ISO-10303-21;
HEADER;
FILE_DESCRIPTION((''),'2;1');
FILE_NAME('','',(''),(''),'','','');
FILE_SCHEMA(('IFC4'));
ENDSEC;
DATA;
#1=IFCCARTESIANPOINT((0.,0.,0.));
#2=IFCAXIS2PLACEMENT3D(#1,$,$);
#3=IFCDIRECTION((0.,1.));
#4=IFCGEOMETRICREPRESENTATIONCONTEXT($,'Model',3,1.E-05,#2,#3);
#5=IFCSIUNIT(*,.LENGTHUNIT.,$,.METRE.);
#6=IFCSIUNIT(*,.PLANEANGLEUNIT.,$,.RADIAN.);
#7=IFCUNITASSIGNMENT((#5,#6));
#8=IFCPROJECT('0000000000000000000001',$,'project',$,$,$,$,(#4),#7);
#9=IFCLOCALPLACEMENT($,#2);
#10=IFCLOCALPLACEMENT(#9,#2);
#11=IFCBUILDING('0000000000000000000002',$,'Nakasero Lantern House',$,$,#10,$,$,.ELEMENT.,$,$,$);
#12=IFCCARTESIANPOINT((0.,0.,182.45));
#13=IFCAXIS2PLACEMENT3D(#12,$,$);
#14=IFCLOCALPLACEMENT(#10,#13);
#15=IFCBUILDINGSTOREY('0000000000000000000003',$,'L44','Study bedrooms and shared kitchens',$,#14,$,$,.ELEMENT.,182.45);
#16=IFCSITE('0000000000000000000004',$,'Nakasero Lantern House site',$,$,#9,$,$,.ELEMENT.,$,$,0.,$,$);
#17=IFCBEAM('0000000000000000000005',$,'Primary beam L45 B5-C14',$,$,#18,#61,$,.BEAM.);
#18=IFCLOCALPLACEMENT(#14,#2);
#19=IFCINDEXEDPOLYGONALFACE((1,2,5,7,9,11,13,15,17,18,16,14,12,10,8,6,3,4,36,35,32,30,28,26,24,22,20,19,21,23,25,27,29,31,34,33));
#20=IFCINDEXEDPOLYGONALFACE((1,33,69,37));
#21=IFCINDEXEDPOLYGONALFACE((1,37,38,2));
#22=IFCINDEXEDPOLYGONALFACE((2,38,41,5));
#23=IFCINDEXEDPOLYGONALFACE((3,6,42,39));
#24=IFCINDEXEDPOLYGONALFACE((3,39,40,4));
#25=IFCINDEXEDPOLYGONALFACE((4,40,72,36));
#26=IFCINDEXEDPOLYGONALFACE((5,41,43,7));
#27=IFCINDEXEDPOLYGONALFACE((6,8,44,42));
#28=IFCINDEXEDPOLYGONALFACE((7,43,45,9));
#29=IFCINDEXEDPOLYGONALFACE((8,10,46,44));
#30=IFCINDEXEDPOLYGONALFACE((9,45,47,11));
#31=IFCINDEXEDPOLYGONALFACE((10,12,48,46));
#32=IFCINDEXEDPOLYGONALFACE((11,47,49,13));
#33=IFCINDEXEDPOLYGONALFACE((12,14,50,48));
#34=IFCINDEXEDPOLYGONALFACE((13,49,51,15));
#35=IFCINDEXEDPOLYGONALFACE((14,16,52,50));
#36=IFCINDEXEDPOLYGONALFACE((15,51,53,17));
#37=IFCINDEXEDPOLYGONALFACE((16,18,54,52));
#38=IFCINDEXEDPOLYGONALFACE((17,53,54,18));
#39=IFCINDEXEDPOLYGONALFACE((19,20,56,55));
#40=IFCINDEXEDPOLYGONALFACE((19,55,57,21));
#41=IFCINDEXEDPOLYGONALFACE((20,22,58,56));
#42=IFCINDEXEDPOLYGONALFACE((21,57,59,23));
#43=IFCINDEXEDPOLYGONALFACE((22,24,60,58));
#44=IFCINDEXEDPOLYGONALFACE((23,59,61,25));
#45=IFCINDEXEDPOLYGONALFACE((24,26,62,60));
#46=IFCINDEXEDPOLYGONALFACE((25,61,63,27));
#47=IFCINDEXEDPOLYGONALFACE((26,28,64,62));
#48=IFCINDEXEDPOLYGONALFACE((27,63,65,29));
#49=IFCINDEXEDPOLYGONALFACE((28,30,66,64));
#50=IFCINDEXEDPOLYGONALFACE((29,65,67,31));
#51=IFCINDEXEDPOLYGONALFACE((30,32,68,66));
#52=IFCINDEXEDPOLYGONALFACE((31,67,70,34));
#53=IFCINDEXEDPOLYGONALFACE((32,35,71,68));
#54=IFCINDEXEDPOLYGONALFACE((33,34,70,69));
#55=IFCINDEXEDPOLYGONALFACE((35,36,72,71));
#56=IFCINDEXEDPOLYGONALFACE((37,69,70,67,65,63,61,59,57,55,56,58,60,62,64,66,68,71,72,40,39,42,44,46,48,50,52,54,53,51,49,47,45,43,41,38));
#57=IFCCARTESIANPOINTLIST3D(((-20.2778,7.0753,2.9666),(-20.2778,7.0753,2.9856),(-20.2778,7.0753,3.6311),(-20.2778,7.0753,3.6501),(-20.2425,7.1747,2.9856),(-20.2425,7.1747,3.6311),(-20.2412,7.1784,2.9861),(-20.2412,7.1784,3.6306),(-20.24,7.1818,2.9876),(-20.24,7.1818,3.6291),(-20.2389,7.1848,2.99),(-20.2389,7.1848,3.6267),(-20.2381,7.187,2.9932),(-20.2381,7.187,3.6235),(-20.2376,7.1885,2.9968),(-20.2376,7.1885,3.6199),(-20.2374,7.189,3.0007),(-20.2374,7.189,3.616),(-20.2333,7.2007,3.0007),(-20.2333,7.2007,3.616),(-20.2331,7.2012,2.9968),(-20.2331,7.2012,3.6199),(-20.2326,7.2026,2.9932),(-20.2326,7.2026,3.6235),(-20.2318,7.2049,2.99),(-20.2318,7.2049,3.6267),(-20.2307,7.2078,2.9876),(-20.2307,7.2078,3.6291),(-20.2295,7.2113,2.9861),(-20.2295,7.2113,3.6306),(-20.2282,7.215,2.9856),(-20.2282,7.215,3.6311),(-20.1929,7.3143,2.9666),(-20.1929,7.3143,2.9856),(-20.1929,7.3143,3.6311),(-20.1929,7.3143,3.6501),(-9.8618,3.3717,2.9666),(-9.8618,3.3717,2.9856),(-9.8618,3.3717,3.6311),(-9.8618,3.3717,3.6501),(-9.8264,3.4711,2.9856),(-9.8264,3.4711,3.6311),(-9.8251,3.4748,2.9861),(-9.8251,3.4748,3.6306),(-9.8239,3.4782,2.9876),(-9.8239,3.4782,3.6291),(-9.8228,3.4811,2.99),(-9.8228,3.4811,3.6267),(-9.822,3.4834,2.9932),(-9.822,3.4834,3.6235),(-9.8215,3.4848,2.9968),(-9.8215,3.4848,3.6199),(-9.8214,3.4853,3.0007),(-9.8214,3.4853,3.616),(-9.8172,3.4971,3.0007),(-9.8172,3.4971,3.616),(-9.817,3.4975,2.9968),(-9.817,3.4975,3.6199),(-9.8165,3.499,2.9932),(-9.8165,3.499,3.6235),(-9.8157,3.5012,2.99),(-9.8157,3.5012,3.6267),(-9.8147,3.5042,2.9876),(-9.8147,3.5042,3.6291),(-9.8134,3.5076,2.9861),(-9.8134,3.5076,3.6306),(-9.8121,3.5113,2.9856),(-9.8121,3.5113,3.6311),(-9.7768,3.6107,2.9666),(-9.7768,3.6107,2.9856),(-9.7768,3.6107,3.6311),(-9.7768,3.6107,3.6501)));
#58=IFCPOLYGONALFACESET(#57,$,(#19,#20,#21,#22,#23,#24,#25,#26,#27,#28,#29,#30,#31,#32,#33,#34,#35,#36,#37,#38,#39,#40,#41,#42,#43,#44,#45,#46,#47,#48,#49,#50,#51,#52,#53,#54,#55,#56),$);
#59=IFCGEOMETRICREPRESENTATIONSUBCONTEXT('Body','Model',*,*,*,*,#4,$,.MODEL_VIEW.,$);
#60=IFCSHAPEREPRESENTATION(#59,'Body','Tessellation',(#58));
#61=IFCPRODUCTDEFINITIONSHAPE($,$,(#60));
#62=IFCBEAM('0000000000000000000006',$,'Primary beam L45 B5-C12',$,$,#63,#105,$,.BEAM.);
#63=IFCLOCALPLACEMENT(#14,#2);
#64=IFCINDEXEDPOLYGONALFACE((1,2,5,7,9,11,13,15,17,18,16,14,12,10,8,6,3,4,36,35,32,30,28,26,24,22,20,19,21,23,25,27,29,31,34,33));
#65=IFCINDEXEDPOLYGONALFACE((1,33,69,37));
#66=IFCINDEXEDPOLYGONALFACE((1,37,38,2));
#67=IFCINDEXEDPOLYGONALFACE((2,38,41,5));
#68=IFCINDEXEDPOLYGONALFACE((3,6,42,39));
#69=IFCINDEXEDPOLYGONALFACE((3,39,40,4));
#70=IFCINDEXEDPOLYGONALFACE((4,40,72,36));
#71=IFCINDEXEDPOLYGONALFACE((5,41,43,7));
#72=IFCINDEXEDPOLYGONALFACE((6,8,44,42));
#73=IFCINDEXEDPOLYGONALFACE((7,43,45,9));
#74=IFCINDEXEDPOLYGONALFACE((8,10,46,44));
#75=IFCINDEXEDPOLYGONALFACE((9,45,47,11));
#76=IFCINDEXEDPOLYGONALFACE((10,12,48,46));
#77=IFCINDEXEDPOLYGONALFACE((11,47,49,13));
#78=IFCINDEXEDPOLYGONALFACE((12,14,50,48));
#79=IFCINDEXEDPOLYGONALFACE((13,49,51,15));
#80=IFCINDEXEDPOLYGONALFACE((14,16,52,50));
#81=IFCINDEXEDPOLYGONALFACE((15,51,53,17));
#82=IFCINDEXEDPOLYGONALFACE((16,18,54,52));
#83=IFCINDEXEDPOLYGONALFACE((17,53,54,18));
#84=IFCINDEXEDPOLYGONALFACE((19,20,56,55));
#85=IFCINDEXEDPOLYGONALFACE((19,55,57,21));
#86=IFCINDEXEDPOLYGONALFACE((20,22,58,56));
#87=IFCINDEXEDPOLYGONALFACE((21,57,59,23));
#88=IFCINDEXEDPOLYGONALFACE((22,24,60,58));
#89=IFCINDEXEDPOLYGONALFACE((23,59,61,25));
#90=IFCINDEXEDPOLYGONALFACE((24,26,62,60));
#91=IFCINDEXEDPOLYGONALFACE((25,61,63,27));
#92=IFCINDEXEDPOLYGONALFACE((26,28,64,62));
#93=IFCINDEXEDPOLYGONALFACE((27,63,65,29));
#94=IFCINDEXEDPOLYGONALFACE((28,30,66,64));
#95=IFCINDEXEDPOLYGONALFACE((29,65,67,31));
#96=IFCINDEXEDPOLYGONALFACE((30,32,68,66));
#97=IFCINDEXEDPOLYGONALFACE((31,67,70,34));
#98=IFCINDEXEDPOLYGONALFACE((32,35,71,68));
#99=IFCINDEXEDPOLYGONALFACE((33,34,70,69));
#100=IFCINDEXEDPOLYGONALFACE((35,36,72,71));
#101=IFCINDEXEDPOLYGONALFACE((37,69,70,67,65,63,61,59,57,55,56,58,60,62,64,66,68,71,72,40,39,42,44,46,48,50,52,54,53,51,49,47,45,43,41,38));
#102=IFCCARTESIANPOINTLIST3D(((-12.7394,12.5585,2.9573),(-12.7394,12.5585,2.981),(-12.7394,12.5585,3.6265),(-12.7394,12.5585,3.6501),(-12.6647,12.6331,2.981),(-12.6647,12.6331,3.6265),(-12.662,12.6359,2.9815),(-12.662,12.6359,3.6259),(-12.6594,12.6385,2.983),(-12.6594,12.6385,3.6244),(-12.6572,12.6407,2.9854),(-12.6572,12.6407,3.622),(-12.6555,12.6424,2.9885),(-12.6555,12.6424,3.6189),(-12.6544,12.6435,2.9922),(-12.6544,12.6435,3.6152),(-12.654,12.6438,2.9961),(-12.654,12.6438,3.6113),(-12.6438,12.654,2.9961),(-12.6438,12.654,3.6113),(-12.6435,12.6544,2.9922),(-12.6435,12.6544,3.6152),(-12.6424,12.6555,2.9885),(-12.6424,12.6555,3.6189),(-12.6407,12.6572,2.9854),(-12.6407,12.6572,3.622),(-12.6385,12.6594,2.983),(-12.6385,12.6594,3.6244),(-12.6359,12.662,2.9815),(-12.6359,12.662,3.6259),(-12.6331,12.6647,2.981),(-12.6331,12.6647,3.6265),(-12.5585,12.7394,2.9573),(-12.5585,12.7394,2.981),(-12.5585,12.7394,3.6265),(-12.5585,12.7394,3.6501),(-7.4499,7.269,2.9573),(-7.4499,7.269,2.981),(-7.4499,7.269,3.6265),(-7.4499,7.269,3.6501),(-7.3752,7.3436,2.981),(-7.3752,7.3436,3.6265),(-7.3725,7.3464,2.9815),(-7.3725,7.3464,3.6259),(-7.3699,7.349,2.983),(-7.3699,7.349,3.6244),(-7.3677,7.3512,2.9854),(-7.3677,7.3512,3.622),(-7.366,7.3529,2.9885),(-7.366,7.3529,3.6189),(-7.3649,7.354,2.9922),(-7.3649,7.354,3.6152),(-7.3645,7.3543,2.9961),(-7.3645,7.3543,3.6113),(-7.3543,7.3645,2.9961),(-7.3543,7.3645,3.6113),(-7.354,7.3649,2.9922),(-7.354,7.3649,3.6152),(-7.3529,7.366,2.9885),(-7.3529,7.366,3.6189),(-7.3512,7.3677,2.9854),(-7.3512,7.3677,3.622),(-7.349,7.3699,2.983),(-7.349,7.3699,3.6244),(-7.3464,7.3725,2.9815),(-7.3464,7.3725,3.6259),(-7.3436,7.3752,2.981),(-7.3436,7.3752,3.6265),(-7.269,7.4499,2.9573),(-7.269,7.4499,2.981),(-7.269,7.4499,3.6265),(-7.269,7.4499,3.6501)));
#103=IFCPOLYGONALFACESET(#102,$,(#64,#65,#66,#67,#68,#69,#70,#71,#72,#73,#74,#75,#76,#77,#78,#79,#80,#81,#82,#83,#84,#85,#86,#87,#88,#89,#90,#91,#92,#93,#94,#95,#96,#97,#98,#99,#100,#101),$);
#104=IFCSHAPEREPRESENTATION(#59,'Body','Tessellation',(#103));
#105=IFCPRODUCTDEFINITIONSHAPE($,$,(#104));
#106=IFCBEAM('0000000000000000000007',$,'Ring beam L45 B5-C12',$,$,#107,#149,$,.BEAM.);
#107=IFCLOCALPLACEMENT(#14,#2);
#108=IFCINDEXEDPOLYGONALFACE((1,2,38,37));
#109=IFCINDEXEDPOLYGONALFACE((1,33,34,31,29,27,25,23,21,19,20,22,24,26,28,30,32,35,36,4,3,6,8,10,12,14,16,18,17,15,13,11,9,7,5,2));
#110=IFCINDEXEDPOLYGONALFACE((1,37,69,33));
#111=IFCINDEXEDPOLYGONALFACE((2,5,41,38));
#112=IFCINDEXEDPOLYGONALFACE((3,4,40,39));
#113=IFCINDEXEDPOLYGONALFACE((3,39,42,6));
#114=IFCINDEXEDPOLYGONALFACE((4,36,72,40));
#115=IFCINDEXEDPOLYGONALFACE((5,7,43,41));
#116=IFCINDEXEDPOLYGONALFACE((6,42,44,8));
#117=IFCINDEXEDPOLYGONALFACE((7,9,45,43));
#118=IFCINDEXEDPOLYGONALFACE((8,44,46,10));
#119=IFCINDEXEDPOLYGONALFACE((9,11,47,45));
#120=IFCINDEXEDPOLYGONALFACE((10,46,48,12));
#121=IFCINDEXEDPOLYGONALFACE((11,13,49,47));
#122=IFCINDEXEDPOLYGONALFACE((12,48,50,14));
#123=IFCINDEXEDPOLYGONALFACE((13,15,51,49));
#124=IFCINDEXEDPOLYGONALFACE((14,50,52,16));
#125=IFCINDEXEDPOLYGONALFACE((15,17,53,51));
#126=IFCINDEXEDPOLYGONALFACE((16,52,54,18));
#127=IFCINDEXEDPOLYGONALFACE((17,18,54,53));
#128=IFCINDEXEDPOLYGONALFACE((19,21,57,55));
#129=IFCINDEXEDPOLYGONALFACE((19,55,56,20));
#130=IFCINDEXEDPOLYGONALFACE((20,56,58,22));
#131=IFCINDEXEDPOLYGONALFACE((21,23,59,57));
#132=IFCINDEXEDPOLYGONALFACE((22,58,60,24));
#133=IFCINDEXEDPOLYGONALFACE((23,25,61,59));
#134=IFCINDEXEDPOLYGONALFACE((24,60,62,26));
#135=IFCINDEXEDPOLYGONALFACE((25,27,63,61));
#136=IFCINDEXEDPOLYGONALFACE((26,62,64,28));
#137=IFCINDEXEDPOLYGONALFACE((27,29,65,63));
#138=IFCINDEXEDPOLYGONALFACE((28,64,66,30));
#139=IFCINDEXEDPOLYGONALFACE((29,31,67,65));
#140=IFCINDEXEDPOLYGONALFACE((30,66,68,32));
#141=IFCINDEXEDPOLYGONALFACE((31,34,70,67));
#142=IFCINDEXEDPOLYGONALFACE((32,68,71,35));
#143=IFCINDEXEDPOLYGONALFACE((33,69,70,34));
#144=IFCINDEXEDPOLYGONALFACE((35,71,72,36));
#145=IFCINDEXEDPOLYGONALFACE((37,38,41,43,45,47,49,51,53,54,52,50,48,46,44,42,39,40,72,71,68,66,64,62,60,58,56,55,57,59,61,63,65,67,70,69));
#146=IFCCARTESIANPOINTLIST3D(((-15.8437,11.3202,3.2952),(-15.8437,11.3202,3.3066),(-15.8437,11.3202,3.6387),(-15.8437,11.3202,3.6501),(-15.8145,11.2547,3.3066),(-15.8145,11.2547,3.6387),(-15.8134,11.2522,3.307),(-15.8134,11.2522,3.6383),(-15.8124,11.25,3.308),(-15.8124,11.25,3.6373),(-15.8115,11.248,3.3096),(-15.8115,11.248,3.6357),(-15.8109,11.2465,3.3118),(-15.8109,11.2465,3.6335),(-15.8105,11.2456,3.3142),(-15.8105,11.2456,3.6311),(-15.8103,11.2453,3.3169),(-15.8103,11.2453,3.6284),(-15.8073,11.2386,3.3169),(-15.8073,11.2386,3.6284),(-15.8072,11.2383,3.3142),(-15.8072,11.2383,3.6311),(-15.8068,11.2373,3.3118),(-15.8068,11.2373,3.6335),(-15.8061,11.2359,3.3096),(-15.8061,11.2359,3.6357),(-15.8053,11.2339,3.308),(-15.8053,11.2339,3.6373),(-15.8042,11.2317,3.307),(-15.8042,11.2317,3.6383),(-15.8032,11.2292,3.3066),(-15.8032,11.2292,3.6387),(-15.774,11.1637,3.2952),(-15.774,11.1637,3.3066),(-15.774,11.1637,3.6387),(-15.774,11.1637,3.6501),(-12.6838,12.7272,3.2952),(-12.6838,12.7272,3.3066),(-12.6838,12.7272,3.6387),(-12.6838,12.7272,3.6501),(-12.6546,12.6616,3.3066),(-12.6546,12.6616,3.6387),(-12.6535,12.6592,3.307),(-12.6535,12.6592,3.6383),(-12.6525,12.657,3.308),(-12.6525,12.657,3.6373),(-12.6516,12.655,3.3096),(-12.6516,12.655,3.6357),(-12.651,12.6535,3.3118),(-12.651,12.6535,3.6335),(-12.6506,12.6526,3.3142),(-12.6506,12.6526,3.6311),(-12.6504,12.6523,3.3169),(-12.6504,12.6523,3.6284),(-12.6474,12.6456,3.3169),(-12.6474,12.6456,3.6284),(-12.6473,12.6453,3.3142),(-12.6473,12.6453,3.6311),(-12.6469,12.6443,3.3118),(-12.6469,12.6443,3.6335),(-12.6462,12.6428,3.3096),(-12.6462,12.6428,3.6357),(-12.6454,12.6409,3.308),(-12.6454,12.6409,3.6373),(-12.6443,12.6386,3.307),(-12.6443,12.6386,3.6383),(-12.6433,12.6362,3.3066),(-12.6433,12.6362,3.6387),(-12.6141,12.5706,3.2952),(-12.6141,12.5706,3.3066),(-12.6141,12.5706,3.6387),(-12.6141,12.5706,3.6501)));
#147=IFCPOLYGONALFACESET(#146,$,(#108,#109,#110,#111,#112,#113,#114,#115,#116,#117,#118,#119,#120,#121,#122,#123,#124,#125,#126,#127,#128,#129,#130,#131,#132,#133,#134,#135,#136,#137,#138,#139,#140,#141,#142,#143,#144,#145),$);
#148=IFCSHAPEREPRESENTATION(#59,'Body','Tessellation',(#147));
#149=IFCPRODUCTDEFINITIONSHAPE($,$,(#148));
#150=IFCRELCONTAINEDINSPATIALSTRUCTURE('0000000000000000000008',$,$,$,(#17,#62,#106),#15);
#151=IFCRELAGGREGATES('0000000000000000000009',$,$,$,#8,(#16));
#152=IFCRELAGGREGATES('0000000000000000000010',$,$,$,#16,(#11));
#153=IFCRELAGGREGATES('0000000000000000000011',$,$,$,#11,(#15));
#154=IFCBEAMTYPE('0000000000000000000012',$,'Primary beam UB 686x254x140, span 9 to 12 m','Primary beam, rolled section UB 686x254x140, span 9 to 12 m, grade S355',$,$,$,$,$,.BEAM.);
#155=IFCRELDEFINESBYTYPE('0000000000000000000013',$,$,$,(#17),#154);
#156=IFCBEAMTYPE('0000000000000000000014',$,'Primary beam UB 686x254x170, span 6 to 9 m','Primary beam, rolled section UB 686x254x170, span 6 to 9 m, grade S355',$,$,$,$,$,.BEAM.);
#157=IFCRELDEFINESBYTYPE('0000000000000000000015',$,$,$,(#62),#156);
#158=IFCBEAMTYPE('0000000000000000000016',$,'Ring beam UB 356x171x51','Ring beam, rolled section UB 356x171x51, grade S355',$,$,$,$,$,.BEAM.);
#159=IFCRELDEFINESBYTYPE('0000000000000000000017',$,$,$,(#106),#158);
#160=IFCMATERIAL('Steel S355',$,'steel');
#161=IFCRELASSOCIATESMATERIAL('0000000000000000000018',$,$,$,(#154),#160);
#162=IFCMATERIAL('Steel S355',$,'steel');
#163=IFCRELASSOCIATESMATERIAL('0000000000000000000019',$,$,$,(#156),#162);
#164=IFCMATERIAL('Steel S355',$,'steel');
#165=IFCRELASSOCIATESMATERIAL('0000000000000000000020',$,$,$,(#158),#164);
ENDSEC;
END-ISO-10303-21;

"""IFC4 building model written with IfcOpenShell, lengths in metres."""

from ifc_helpers import new_model, si_unit, direction, frame, origin, origin_2d, place, context, subcontext, project, spatial, i_section, extrude, material, material_profile, profile_set, type_object, element, save


model = new_model("IFC4")

# Units and contexts
model_context = context("Model", 3, precision=1e-05, world=origin(), true_north=direction((0.0, 1.0)))
body_context = subcontext(model_context, "Body", "Model", "MODEL_VIEW")
ifc_project = project(units=[si_unit("LENGTHUNIT", "METRE"), si_unit("PLANEANGLEUNIT", "RADIAN")], contexts=[model_context])

# Site, building, storey
site_placement = place(None, origin())
site = spatial("IfcSite", under=ifc_project, at=site_placement, Name="Nakasero Lantern House site", CompositionType="ELEMENT", RefElevation=0.0)
building_placement = place(site_placement, origin())
building = spatial("IfcBuilding", under=site, at=building_placement, Name="Nakasero Lantern House", CompositionType="ELEMENT")
storey_placement = place(building_placement, frame((0.0, 0.0, 182.45)))
storey = spatial("IfcBuildingStorey", under=building, at=storey_placement, Name="L44", Description="Study bedrooms and shared kitchens", CompositionType="ELEMENT", Elevation=182.45)

# Beams
ifc_material_1 = material(Name="Steel S355", Category="steel")
ifc_material_profile_1 = material_profile(ifc_material_1, i_section(OverallWidth=0.2537, OverallDepth=0.6836, WebThickness=0.0125, FlangeThickness=0.019, FilletRadius=0.0151, at=origin_2d()), Name="UB 686x254x140")
ifc_profile_set_1 = profile_set([ifc_material_profile_1], Name="Steel S355")
beam_type_1 = type_object("IfcBeamType", Name="Primary beam UB 686x254x140, span 9 to 12 m", Description="Primary beam, rolled section UB 686x254x140, span 9 to 12 m, grade S355", PredefinedType="BEAM", material=ifc_profile_set_1)
beam_1_placement = place(storey_placement, frame((-20.2354, 7.1948, 3.3083), z_axis=(0.942211, -0.335021, 0.0), x_axis=(0.335021, 0.942211, 0.0)))
element("IfcBeam", 1, at=beam_1_placement, inside=storey, type_object=beam_type_1, Name="Primary beam L45 B5-C14", PredefinedType="BEAM", context=body_context, shape_type="SweptSolid", body=[
    extrude(i_section(OverallWidth=0.2537, OverallDepth=0.6836, WebThickness=0.0125, FlangeThickness=0.019, FilletRadius=0.0151, at=origin_2d()), origin(), (0.0, 0.0, 1.0), 11.0549),
])
ifc_material_2 = material(Name="Steel S355", Category="steel")
ifc_material_profile_2 = material_profile(ifc_material_2, i_section(OverallWidth=0.2559, OverallDepth=0.6929, WebThickness=0.0144, FlangeThickness=0.0237, FilletRadius=0.0151, at=origin_2d()), Name="UB 686x254x170")
ifc_profile_set_2 = profile_set([ifc_material_profile_2], Name="Steel S355")
beam_type_2 = type_object("IfcBeamType", Name="Primary beam UB 686x254x170, span 6 to 9 m", Description="Primary beam, rolled section UB 686x254x170, span 6 to 9 m, grade S355", PredefinedType="BEAM", material=ifc_profile_set_2)
beam_2_placement = place(storey_placement, frame((-12.6489, 12.6489, 3.3037), z_axis=(0.707107, -0.707107, 0.0), x_axis=(0.707107, 0.707107, 0.0)))
element("IfcBeam", 2, at=beam_2_placement, inside=storey, type_object=beam_type_2, Name="Primary beam L45 B5-C12", PredefinedType="BEAM", context=body_context, shape_type="SweptSolid", body=[
    extrude(i_section(OverallWidth=0.2559, OverallDepth=0.6929, WebThickness=0.0144, FlangeThickness=0.0237, FilletRadius=0.0151, at=origin_2d()), origin(), (0.0, 0.0, 1.0), 7.4805),
])
ifc_material_3 = material(Name="Steel S355", Category="steel")
ifc_material_profile_3 = material_profile(ifc_material_3, i_section(OverallWidth=0.1714, OverallDepth=0.355, WebThickness=0.0073, FlangeThickness=0.0115, FilletRadius=0.0103, at=origin_2d()), Name="UB 356x171x51")
ifc_profile_set_3 = profile_set([ifc_material_profile_3], Name="Steel S355")
beam_type_3 = type_object("IfcBeamType", Name="Ring beam UB 356x171x51", Description="Ring beam, rolled section UB 356x171x51, grade S355", PredefinedType="BEAM", material=ifc_profile_set_3)
beam_3_placement = place(storey_placement, frame((-12.6489, 12.6489, 3.4727), z_axis=(-0.913535, -0.406761, 0.0), x_axis=(0.406761, -0.913535, 0.0)))
element("IfcBeam", 3, at=beam_3_placement, inside=storey, type_object=beam_type_3, Name="Ring beam L45 B5-C12", PredefinedType="BEAM", context=body_context, shape_type="SweptSolid", body=[
    extrude(i_section(OverallWidth=0.1714, OverallDepth=0.355, WebThickness=0.0073, FlangeThickness=0.0115, FilletRadius=0.0103, at=origin_2d()), origin(), (0.0, 0.0, 1.0), 3.459),
])

save(model, "model.ifc")
